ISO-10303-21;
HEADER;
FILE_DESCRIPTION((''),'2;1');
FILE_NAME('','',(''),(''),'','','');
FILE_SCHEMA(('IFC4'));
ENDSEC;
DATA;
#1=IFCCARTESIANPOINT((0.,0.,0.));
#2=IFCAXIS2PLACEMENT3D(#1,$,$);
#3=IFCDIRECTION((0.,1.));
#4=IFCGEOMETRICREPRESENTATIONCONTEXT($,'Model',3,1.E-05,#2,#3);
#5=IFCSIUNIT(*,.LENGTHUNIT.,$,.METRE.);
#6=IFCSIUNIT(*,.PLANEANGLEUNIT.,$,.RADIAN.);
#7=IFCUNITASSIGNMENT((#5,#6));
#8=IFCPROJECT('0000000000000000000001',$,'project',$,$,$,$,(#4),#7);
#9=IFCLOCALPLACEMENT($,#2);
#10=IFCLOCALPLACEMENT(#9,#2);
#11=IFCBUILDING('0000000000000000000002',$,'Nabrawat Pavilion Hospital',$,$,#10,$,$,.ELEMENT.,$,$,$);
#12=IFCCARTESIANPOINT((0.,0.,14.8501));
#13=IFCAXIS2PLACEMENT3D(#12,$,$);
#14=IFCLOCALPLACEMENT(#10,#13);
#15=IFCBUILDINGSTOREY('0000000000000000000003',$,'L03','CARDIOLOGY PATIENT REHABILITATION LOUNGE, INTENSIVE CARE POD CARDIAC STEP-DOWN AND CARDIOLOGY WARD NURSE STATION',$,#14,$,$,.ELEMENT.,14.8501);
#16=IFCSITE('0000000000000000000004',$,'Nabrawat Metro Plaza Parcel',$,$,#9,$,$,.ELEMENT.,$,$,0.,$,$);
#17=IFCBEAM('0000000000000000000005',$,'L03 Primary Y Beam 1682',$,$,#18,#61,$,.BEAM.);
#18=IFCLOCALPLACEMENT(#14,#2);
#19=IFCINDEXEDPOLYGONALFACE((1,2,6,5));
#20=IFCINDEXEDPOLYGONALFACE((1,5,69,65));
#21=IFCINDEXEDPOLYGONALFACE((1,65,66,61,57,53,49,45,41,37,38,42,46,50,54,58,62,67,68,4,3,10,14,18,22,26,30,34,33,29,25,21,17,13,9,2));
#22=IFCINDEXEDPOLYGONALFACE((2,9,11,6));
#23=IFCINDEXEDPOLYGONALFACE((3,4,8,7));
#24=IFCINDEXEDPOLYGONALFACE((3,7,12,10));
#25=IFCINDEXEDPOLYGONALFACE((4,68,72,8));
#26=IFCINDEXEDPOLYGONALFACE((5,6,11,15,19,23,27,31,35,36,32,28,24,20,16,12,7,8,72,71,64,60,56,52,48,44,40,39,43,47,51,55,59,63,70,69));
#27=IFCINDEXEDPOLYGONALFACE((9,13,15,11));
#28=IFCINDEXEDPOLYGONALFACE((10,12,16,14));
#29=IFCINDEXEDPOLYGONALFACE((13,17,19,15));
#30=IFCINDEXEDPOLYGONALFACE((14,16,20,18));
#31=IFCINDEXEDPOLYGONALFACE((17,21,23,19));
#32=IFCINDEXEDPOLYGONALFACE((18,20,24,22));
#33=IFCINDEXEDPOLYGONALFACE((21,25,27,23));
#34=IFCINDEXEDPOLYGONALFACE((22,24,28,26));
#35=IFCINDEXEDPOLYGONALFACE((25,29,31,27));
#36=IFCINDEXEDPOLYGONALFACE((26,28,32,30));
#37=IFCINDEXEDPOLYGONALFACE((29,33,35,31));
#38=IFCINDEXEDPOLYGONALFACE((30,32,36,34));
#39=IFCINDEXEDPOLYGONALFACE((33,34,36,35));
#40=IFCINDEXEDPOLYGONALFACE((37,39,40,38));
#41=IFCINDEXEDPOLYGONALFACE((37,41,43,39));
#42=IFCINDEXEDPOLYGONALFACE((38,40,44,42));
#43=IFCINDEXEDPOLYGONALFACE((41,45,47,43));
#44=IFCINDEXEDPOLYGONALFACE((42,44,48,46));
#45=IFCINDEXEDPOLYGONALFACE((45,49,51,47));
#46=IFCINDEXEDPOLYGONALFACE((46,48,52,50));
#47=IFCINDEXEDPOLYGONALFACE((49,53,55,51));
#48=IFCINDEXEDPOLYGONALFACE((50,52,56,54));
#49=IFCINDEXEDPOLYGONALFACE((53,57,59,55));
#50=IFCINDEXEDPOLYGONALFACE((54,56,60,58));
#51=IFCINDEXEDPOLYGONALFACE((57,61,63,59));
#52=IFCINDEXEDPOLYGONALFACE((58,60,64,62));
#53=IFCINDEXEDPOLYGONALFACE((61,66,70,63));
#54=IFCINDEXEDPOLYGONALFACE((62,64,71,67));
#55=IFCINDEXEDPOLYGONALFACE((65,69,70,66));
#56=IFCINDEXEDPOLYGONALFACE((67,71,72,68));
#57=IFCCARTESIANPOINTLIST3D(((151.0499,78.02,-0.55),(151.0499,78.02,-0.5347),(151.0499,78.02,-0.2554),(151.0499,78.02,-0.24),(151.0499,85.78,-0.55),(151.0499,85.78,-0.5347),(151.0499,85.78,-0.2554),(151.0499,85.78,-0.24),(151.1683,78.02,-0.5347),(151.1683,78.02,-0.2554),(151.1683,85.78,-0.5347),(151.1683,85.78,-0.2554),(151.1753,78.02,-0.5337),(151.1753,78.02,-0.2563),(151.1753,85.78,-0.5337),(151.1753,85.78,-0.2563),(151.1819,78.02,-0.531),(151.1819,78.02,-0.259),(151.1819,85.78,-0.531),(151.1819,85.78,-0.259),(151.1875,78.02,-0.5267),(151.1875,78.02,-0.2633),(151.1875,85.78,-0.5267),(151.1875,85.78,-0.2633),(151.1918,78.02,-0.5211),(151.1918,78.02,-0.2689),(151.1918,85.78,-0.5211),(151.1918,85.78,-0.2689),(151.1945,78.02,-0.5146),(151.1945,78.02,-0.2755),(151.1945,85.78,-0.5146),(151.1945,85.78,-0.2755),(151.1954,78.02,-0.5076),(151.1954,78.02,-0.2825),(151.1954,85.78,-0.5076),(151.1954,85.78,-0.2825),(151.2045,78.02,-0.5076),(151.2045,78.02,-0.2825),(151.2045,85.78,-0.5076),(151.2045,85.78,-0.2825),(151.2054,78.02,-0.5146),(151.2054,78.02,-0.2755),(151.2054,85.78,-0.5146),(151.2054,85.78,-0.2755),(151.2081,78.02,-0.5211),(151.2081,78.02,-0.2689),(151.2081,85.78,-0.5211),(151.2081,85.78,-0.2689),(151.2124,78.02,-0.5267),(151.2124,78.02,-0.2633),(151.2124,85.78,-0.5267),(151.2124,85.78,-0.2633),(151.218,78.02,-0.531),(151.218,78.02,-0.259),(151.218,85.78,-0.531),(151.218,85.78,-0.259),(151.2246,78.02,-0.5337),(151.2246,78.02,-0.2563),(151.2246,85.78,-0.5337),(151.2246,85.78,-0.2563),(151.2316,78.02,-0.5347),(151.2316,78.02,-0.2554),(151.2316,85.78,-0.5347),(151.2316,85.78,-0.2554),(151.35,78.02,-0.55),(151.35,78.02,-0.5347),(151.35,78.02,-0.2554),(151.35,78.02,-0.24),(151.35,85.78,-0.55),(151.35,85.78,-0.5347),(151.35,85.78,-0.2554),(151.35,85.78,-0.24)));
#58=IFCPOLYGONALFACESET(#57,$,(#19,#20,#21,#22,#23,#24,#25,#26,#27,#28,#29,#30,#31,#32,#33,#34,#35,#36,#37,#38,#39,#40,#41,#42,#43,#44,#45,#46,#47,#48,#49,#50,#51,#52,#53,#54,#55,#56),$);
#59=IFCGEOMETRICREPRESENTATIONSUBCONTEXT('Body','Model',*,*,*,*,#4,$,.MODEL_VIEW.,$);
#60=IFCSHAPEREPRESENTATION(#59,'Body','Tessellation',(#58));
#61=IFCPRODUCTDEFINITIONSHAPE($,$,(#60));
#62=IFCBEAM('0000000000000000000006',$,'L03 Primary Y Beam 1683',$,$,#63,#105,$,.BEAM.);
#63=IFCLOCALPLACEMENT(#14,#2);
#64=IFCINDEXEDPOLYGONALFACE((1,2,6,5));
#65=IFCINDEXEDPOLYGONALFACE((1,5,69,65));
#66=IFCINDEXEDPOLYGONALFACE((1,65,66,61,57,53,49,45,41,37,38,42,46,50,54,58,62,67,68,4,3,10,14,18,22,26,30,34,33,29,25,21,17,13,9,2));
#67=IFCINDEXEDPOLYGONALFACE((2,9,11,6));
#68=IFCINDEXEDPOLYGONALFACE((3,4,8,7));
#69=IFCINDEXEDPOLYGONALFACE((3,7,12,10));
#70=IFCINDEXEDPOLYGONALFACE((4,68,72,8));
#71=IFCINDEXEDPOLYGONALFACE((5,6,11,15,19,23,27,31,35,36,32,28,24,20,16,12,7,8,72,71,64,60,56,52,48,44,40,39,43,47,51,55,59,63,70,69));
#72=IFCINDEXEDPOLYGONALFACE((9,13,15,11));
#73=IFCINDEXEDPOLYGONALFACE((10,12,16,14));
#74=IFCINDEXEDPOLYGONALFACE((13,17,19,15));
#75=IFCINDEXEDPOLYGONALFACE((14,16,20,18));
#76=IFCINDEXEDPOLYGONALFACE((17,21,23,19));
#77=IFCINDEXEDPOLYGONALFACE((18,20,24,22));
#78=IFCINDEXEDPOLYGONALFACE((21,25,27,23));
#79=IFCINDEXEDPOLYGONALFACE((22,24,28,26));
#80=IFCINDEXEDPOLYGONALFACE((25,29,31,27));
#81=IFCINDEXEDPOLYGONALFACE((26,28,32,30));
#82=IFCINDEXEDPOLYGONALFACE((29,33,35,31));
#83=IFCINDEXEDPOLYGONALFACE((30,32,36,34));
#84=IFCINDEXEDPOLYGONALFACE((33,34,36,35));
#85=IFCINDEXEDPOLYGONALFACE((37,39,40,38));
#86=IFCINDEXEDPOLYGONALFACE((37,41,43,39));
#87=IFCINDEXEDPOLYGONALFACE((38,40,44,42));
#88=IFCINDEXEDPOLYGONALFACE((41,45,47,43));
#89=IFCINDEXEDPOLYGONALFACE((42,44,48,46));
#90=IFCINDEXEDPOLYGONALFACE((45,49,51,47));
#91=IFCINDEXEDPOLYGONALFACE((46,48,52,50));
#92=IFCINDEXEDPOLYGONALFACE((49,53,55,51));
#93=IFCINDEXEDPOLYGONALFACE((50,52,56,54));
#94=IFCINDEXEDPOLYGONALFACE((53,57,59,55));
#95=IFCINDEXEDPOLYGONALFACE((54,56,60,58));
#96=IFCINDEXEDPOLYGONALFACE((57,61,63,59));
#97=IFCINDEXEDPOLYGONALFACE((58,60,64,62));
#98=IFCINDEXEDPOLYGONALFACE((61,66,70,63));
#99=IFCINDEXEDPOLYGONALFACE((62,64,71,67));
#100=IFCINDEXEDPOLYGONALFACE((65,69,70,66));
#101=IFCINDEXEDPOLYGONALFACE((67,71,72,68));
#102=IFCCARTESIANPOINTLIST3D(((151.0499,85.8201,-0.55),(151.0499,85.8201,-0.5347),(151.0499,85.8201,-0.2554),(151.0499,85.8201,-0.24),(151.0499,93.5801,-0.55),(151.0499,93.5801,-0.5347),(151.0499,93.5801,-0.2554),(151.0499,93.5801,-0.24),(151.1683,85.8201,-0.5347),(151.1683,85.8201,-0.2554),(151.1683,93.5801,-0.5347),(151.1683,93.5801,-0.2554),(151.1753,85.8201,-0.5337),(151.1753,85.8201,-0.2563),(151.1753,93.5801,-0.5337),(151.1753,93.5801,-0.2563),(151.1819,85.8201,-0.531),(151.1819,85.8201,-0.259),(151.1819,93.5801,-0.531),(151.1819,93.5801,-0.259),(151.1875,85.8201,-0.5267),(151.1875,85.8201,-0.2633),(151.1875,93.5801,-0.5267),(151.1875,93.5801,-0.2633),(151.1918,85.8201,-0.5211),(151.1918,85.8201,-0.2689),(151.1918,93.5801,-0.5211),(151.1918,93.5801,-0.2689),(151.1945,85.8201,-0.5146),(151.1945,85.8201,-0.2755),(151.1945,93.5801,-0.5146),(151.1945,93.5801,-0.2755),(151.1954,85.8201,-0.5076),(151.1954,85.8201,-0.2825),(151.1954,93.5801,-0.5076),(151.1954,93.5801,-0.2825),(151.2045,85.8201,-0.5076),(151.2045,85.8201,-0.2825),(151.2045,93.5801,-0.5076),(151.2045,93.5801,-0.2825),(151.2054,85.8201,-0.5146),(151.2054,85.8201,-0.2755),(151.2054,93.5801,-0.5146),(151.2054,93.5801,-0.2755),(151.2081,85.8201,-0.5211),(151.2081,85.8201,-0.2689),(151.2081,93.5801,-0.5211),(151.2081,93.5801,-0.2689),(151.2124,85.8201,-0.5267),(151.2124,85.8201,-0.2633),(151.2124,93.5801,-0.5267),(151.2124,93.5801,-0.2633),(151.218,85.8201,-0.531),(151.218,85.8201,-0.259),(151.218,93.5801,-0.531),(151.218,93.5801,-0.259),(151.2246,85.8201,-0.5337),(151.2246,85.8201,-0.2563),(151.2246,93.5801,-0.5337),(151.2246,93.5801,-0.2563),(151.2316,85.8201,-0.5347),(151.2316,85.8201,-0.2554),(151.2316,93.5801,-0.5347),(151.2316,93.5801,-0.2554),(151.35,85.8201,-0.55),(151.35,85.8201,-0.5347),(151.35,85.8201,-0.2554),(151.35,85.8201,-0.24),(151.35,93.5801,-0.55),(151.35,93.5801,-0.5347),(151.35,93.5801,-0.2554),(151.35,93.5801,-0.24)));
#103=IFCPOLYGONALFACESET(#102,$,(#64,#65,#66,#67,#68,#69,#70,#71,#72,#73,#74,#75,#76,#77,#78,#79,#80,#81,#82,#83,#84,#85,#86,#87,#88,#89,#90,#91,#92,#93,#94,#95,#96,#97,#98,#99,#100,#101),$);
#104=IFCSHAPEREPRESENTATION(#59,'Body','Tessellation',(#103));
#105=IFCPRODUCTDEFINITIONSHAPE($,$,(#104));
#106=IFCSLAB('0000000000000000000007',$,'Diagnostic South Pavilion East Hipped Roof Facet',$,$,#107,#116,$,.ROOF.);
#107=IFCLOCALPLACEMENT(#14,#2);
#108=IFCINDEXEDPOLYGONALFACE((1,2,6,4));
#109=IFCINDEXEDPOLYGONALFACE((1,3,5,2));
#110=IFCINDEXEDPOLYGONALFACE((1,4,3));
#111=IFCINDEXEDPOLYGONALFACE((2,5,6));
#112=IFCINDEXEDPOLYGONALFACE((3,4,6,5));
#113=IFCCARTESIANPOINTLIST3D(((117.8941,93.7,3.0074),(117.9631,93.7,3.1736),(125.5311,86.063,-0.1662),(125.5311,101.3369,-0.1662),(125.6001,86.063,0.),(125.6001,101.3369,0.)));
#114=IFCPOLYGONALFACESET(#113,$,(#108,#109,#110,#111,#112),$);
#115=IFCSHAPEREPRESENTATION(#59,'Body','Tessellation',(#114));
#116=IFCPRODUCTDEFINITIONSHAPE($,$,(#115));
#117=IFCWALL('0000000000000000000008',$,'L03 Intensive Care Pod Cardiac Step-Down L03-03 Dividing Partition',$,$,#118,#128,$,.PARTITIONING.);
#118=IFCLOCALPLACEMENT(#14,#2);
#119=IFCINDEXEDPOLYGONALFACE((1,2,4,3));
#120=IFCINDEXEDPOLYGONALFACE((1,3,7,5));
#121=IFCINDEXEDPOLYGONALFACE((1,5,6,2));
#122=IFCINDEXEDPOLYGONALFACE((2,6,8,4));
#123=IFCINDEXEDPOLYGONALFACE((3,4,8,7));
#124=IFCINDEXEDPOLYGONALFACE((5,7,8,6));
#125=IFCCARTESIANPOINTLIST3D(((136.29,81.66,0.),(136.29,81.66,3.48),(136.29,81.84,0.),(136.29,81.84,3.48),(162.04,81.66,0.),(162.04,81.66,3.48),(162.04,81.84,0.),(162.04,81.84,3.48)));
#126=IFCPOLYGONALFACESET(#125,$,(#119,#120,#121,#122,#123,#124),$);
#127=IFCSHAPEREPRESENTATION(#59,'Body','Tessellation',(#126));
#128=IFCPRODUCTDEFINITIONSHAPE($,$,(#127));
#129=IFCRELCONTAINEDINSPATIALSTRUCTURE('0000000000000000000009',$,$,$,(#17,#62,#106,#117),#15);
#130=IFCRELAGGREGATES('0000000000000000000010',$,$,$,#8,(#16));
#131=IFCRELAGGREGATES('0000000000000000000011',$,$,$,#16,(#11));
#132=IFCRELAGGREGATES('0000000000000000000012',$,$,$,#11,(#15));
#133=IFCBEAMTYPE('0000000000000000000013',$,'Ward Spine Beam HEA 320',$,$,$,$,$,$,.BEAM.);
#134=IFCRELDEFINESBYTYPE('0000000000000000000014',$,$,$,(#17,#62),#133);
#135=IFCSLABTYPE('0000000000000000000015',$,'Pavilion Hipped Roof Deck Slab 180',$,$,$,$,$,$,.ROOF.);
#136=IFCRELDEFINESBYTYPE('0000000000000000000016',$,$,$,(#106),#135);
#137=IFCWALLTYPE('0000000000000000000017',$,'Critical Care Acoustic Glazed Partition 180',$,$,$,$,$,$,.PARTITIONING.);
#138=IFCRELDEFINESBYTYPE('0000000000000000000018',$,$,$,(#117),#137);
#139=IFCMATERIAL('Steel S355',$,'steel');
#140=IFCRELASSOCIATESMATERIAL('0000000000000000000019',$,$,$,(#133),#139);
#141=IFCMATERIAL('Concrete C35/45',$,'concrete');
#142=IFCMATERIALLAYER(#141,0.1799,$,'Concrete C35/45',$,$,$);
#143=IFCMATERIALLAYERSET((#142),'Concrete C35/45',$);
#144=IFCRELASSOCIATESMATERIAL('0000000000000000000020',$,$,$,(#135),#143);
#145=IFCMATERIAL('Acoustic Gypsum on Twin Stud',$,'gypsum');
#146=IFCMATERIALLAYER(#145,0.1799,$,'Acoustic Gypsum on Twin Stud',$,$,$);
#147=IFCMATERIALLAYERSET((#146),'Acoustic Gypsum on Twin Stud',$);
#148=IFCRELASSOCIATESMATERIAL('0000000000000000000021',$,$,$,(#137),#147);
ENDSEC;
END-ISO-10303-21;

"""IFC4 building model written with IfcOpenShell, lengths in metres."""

from ifc_helpers import new_model, si_unit, direction, frame, frame_2d, origin, origin_2d, place, context, subcontext, project, spatial, polyline, rectangle, i_section, outline, extrude, material, layer, layer_set, material_profile, profile_set, type_object, element, save


model = new_model("IFC4")

# Units and contexts
model_context = context("Model", 3, precision=1e-05, world=origin(), true_north=direction((0.0, 1.0)))
body_context = subcontext(model_context, "Body", "Model", "MODEL_VIEW")
ifc_project = project(units=[si_unit("LENGTHUNIT", "METRE"), si_unit("PLANEANGLEUNIT", "RADIAN")], contexts=[model_context])

# Site, building, storey
site_placement = place(None, origin())
site = spatial("IfcSite", under=ifc_project, at=site_placement, Name="Nabrawat Metro Plaza Parcel", CompositionType="ELEMENT", RefElevation=0.0)
building_placement = place(site_placement, origin())
building = spatial("IfcBuilding", under=site, at=building_placement, Name="Nabrawat Pavilion Hospital", CompositionType="ELEMENT")
storey_placement = place(building_placement, frame((0.0, 0.0, 14.8501)))
storey = spatial("IfcBuildingStorey", under=building, at=storey_placement, Name="L03", Description="CARDIOLOGY PATIENT REHABILITATION LOUNGE, INTENSIVE CARE POD CARDIAC STEP-DOWN AND CARDIOLOGY WARD NURSE STATION", CompositionType="ELEMENT", Elevation=14.8501)

# Shared definitions
ifc_material_1 = material(Name="Steel S355", Category="steel")

# Beams
ifc_material_profile_1 = material_profile(ifc_material_1, i_section(OverallWidth=0.3, OverallDepth=0.3101, WebThickness=0.009, FlangeThickness=0.0154, FilletRadius=0.0271, at=origin_2d()), Name="HEA 320")
ifc_profile_set_1 = profile_set([ifc_material_profile_1], Name="Steel S355")
beam_type_1 = type_object("IfcBeamType", Name="Ward Spine Beam HEA 320", PredefinedType="BEAM", material=ifc_profile_set_1)
for number, where, z_axis, x_axis, name in (
    (1, (151.2, 78.02, -0.395), (0.0, 1.0, 0.0), (-1.0, 0.0, 0.0), "L03 Primary Y Beam 1682"),
    (2, (151.2, 85.8201, -0.395), (0.0, 1.0, 0.0), (-1.0, 0.0, 0.0), "L03 Primary Y Beam 1683"),
):
    element("IfcBeam", number, at=place(storey_placement, frame(where, z_axis=z_axis, x_axis=x_axis)), inside=storey, type_object=beam_type_1, Name=name, PredefinedType="BEAM", context=body_context, shape_type="SweptSolid", body=[
        extrude(i_section(OverallWidth=0.3, OverallDepth=0.3101, WebThickness=0.009, FlangeThickness=0.0154, FilletRadius=0.0271, at=origin_2d()), origin(), (0.0, 0.0, 1.0), 7.76),
    ])

# Slab
ifc_material_2 = material(Name="Concrete C35/45", Category="concrete")
ifc_layer_1 = layer(ifc_material_2, 0.1799, Name="Concrete C35/45")
ifc_layer_set_1 = layer_set([ifc_layer_1], Name="Concrete C35/45")
slab_type = type_object("IfcSlabType", Name="Pavilion Hipped Roof Deck Slab 180", PredefinedType="ROOF", material=ifc_layer_set_1)
slab_placement = place(storey_placement, frame((125.6001, 86.063, 0.0), z_axis=(0.383741, 0.0, 0.923441), x_axis=(0.0, 1.0, 0.0)))
element("IfcSlab", 3, at=slab_placement, inside=storey, type_object=slab_type, Name="Diagnostic South Pavilion East Hipped Roof Facet", PredefinedType="ROOF", context=body_context, shape_type="SweptSolid", body=[
    extrude(outline(polyline([(0.0, 0.0), (15.2739, 0.0), (7.637, 8.2701), (0.0, 0.0)])), origin(), (0.0, 0.0, -1.0), 0.1799),
])

# Wall
ifc_material_3 = material(Name="Acoustic Gypsum on Twin Stud", Category="gypsum")
ifc_layer_2 = layer(ifc_material_3, 0.1799, Name="Acoustic Gypsum on Twin Stud")
ifc_layer_set_2 = layer_set([ifc_layer_2], Name="Acoustic Gypsum on Twin Stud")
wall_type = type_object("IfcWallType", Name="Critical Care Acoustic Glazed Partition 180", PredefinedType="PARTITIONING", material=ifc_layer_set_2)
wall_placement = place(storey_placement, frame((136.29, 81.75, 0.0), z_axis=(0.0, 0.0, 1.0), x_axis=(1.0, 0.0, 0.0)))
element("IfcWall", 4, at=wall_placement, inside=storey, type_object=wall_type, Name="L03 Intensive Care Pod Cardiac Step-Down L03-03 Dividing Partition", PredefinedType="PARTITIONING", context=body_context, shape_type="SweptSolid", body=[
    extrude(rectangle(XDim=25.75, YDim=0.1799, at=frame_2d((12.875, 0.0))), origin(), (0.0, 0.0, 1.0), 3.48),
])

save(model, "model.ifc")
